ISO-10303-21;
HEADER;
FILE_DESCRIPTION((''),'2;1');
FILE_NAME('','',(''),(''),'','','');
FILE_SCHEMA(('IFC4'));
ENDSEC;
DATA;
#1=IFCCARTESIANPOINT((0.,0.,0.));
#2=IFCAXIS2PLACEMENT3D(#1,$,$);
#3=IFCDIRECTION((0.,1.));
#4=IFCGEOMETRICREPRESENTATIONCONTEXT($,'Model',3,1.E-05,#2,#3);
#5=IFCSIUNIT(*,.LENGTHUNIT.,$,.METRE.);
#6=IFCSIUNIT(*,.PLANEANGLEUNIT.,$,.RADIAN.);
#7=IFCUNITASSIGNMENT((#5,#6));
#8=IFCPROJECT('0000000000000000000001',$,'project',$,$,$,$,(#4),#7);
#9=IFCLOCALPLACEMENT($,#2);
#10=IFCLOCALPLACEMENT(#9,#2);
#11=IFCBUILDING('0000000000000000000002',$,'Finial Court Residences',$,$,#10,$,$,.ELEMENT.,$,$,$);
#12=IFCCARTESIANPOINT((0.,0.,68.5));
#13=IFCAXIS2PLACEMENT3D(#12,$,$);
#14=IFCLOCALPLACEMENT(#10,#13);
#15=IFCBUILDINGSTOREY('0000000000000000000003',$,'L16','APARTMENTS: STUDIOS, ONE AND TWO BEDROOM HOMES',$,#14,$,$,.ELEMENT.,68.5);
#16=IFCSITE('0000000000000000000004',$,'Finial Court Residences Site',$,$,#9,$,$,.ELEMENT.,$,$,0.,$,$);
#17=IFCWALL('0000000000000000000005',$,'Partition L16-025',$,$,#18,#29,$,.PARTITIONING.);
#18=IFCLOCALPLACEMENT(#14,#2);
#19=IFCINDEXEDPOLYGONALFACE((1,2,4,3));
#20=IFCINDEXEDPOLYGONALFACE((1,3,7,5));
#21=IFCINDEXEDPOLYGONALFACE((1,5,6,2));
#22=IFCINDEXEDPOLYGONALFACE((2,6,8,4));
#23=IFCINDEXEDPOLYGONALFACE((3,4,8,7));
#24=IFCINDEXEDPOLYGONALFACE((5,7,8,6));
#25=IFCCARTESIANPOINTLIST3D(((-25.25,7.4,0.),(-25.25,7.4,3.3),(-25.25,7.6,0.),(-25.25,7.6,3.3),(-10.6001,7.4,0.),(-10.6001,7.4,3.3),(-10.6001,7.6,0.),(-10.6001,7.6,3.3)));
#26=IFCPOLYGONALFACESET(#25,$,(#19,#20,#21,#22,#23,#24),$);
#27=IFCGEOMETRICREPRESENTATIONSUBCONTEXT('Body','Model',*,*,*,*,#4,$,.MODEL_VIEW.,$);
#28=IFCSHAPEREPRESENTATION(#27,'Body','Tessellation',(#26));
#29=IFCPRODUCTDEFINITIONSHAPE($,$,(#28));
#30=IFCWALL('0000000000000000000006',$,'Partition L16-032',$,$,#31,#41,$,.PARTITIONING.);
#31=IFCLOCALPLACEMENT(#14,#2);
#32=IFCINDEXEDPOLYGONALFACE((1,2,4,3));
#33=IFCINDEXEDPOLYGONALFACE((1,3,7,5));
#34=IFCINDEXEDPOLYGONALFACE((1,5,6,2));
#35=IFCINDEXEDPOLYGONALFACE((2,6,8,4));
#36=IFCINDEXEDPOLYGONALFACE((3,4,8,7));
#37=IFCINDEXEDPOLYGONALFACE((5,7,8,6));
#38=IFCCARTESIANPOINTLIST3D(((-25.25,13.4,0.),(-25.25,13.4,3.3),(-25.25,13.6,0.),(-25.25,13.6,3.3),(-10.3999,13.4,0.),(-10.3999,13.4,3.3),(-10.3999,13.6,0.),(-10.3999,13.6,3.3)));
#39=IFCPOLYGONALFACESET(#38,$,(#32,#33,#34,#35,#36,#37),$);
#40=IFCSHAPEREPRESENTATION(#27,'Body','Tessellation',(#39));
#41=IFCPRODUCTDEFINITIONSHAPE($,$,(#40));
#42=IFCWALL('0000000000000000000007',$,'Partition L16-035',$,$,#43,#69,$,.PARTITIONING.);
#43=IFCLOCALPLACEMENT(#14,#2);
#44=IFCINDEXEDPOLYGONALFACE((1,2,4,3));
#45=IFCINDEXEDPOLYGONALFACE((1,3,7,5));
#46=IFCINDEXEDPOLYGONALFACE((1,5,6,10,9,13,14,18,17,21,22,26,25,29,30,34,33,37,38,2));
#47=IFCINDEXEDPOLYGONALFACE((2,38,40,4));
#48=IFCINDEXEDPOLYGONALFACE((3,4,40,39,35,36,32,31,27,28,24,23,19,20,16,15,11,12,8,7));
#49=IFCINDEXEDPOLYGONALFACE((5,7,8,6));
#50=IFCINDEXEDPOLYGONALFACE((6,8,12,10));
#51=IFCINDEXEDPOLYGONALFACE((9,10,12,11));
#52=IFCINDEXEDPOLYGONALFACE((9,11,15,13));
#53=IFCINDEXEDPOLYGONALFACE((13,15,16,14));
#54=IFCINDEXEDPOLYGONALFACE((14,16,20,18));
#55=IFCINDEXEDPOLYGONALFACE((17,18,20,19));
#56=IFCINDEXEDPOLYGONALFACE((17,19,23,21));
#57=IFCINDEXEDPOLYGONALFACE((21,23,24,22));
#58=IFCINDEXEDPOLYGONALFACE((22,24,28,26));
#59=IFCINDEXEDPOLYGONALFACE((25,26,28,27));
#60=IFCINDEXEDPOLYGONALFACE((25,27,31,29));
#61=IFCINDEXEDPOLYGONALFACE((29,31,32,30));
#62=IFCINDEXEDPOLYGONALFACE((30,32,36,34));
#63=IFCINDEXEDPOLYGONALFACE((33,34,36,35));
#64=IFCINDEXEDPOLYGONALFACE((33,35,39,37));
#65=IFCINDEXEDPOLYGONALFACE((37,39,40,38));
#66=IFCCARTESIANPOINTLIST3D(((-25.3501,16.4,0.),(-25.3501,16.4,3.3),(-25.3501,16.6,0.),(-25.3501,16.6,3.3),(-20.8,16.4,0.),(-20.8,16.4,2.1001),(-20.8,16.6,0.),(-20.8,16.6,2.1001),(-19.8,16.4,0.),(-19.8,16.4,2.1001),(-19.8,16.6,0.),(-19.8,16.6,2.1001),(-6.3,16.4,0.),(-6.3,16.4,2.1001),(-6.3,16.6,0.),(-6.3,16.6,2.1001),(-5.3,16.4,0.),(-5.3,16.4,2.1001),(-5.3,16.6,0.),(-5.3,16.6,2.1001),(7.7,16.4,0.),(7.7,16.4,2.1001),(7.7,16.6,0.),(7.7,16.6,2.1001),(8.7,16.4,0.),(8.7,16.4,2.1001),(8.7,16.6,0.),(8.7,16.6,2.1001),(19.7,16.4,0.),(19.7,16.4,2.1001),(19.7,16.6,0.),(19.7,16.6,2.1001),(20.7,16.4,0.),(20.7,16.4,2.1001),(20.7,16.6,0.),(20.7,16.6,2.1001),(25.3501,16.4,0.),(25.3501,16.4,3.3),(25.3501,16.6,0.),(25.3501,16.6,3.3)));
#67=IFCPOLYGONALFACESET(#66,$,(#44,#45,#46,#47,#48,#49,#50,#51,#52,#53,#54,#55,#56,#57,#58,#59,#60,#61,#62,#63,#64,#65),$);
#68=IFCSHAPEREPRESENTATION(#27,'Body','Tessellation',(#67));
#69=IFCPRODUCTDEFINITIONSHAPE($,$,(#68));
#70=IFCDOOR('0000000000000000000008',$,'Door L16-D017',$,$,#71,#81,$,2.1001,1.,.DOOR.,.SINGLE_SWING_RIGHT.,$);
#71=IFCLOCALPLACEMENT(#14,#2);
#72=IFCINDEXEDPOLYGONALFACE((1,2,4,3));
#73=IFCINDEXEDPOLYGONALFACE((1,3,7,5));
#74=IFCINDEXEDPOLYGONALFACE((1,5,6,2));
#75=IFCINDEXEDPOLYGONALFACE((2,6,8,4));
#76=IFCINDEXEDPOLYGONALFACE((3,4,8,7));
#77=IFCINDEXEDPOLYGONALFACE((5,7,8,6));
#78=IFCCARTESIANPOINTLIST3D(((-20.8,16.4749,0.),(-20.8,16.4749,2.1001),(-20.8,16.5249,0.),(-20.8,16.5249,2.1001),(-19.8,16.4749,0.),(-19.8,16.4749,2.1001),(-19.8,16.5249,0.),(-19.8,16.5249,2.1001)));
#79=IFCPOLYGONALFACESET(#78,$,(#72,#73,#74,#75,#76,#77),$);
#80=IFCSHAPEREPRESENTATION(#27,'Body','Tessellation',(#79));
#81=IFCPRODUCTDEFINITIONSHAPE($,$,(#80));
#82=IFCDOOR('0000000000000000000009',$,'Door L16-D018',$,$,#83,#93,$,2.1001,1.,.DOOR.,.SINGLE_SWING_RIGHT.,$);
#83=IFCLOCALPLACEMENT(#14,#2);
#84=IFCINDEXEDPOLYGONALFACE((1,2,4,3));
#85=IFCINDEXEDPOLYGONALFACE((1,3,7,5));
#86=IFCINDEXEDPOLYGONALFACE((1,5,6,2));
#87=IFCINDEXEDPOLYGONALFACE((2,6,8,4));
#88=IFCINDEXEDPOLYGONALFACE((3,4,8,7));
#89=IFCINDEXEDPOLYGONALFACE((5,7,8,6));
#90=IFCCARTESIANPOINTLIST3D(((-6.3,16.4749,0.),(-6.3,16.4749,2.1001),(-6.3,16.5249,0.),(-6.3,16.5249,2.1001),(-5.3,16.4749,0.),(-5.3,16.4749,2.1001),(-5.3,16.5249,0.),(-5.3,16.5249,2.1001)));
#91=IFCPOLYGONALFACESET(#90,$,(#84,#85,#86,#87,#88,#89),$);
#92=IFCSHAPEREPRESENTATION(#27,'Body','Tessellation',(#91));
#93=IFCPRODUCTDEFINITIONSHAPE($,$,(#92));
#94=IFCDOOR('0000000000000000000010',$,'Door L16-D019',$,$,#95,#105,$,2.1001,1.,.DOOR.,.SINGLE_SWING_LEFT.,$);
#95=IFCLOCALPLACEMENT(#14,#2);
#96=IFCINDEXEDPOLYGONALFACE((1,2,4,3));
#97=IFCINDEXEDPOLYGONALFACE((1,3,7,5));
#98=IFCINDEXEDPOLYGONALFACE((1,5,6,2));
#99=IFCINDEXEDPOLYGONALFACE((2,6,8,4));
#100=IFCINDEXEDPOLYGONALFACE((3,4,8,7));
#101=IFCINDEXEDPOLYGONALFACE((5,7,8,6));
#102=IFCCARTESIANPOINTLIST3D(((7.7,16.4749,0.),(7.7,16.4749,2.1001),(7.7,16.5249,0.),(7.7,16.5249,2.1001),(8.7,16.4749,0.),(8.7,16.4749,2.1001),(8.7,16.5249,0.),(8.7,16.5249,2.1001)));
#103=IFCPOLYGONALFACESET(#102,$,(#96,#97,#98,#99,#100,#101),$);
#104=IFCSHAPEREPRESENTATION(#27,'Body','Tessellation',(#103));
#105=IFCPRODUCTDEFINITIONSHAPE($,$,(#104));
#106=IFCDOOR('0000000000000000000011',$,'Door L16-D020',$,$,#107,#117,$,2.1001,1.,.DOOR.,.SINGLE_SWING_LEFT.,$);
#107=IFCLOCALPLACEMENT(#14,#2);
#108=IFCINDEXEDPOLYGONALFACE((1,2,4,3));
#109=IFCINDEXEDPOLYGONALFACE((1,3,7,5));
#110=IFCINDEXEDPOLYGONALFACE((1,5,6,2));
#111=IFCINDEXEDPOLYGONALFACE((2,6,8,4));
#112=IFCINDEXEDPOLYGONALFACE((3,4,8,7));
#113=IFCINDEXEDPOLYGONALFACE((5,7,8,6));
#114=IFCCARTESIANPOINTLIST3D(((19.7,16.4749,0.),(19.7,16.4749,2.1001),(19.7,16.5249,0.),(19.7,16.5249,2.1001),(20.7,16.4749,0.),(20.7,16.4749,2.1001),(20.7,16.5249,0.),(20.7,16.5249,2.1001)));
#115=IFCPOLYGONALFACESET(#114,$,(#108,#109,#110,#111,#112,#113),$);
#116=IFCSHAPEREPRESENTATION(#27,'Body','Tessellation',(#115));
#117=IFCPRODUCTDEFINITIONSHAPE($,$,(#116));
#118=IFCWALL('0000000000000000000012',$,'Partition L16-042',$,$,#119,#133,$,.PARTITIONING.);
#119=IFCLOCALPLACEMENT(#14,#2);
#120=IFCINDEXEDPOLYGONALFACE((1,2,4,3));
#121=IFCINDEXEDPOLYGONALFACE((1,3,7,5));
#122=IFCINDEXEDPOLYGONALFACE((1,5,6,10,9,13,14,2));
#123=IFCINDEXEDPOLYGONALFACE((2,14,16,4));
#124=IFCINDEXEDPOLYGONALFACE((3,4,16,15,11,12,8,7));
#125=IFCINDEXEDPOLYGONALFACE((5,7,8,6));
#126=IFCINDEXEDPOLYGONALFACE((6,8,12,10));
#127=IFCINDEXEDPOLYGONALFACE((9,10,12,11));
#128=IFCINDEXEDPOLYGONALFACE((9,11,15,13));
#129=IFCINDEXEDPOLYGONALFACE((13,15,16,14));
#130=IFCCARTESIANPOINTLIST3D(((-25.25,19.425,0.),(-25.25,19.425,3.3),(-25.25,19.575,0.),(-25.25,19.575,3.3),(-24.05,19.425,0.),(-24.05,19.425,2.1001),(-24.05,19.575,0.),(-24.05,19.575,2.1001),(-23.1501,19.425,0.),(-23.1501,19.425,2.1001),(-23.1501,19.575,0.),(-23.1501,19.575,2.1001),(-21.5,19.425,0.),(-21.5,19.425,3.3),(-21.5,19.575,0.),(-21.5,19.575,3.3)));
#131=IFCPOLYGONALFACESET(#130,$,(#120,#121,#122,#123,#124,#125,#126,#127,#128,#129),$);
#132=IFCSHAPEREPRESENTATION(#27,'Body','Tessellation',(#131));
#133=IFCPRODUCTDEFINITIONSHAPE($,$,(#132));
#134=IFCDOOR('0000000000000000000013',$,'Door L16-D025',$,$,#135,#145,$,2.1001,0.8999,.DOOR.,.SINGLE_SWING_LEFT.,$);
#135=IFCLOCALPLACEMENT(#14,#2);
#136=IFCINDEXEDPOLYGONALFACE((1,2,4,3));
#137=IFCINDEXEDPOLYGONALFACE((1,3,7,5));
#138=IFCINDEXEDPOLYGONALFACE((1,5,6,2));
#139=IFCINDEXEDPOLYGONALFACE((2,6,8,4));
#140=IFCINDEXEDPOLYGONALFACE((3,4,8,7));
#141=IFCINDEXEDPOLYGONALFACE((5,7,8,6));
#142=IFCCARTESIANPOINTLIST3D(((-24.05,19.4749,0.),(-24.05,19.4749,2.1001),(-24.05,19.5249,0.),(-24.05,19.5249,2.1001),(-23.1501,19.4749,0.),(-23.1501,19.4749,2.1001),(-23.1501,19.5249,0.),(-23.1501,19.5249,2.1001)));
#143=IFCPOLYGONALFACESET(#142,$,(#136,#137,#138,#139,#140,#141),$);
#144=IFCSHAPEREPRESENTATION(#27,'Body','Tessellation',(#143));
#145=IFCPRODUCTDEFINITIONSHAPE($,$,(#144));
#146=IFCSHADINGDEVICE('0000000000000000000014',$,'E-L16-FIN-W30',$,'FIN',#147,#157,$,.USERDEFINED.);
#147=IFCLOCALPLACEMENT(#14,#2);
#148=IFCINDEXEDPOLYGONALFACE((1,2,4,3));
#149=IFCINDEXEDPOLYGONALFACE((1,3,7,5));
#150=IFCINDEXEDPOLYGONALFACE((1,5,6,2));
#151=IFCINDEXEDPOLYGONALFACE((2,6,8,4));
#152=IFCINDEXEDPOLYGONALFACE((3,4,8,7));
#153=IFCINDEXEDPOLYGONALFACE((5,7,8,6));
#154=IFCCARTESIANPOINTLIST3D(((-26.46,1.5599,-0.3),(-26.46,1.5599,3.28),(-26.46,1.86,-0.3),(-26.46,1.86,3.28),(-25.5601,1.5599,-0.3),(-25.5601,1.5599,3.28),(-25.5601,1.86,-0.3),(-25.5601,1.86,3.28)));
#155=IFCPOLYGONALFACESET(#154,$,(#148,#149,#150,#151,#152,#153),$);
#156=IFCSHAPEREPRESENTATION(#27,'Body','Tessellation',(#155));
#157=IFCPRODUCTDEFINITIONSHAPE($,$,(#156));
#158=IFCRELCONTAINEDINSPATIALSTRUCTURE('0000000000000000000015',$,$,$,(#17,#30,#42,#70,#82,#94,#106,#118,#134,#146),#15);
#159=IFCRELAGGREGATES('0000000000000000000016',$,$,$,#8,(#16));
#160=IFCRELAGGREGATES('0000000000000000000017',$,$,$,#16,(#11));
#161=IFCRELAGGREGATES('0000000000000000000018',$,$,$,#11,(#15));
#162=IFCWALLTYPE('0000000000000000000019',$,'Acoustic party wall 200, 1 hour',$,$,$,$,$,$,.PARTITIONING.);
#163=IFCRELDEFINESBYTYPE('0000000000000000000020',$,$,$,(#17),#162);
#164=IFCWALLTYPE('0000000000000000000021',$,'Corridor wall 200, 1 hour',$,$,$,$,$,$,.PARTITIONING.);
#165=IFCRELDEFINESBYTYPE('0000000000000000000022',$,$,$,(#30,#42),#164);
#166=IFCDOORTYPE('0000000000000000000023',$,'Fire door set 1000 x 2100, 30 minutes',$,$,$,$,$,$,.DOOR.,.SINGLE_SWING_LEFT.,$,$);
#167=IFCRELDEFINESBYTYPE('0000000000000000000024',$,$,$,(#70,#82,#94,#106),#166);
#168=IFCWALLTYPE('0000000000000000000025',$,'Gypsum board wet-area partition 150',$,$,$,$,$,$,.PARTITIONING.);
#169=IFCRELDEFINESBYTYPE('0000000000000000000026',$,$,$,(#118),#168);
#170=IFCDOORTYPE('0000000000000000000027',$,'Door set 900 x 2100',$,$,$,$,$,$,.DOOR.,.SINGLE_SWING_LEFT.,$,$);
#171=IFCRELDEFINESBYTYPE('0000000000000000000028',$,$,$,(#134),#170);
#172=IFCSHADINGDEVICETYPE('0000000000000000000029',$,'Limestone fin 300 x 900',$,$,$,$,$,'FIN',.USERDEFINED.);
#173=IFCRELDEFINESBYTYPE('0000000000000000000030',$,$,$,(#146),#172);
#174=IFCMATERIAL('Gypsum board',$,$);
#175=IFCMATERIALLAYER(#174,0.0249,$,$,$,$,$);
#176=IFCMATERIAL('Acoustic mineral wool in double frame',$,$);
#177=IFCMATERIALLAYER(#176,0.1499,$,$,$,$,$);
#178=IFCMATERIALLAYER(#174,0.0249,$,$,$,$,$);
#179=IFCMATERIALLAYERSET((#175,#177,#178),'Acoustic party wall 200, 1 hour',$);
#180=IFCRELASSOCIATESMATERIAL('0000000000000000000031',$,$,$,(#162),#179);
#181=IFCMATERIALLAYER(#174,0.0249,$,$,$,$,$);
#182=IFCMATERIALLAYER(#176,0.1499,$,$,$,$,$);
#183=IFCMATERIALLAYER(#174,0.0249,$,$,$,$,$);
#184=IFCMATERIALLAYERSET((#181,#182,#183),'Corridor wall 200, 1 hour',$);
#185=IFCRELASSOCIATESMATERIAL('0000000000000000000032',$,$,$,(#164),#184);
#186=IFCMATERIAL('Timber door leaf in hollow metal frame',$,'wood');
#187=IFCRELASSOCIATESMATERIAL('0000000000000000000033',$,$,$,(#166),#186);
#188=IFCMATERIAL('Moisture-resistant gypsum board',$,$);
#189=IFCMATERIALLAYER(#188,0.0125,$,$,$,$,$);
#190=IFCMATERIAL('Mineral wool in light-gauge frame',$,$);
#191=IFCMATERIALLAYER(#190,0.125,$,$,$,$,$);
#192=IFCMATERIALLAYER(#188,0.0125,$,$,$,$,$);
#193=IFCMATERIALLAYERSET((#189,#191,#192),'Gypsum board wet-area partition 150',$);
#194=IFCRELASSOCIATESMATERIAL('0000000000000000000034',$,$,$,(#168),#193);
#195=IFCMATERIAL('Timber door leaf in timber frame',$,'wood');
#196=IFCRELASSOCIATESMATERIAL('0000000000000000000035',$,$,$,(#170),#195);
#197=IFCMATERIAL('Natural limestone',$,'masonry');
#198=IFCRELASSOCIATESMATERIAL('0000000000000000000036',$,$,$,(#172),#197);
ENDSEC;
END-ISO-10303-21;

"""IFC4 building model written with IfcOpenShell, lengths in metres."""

from ifc_helpers import new_model, si_unit, direction, frame, frame_2d, origin, origin_2d, place, context, subcontext, project, spatial, rectangle, extrude, material, layer, layer_set, type_object, element, fill, save


model = new_model("IFC4")

# Units and contexts
model_context = context("Model", 3, precision=1e-05, world=origin(), true_north=direction((0.0, 1.0)))
body_context = subcontext(model_context, "Body", "Model", "MODEL_VIEW")
ifc_project = project(units=[si_unit("LENGTHUNIT", "METRE"), si_unit("PLANEANGLEUNIT", "RADIAN")], contexts=[model_context])

# Site, building, storey
site_placement = place(None, origin())
site = spatial("IfcSite", under=ifc_project, at=site_placement, Name="Finial Court Residences Site", CompositionType="ELEMENT", RefElevation=0.0)
building_placement = place(site_placement, origin())
building = spatial("IfcBuilding", under=site, at=building_placement, Name="Finial Court Residences", CompositionType="ELEMENT")
storey_placement = place(building_placement, frame((0.0, 0.0, 68.5)))
storey = spatial("IfcBuildingStorey", under=building, at=storey_placement, Name="L16", Description="APARTMENTS: STUDIOS, ONE AND TWO BEDROOM HOMES", CompositionType="ELEMENT", Elevation=68.5)

# Walls
ifc_material_1 = material(Name="Gypsum board")
ifc_layer_1 = layer(ifc_material_1, 0.0249)
ifc_material_2 = material(Name="Acoustic mineral wool in double frame")
ifc_layer_2 = layer(ifc_material_2, 0.1499)
ifc_layer_3 = layer(ifc_material_1, 0.0249)
ifc_layer_set_1 = layer_set([ifc_layer_1, ifc_layer_2, ifc_layer_3], Name="Acoustic party wall 200, 1 hour")
wall_type_1 = type_object("IfcWallType", Name="Acoustic party wall 200, 1 hour", PredefinedType="PARTITIONING", material=ifc_layer_set_1)
for number, where, z_axis, x_axis, name in (
    (1, (-25.25, 7.5, 0.0), (0.0, 0.0, 1.0), (1.0, 0.0, 0.0), "Partition L16-025"),
):
    element("IfcWall", number, at=place(storey_placement, frame(where, z_axis=z_axis, x_axis=x_axis)), inside=storey, type_object=wall_type_1, Name=name, PredefinedType="PARTITIONING", context=body_context, shape_type="SweptSolid", body=[
        extrude(rectangle(XDim=14.6499, YDim=0.2, at=frame_2d((7.325, 0.0))), origin(), (0.0, 0.0, 1.0), 3.3),
    ])
ifc_layer_4 = layer(ifc_material_1, 0.0249)
ifc_layer_5 = layer(ifc_material_2, 0.1499)
ifc_layer_6 = layer(ifc_material_1, 0.0249)
ifc_layer_set_2 = layer_set([ifc_layer_4, ifc_layer_5, ifc_layer_6], Name="Corridor wall 200, 1 hour")
wall_type_2 = type_object("IfcWallType", Name="Corridor wall 200, 1 hour", PredefinedType="PARTITIONING", material=ifc_layer_set_2)
wall_1_placement = place(storey_placement, frame((-25.25, 13.5, 0.0), z_axis=(0.0, 0.0, 1.0), x_axis=(1.0, 0.0, 0.0)))
element("IfcWall", 2, at=wall_1_placement, inside=storey, type_object=wall_type_2, Name="Partition L16-032", PredefinedType="PARTITIONING", context=body_context, shape_type="SweptSolid", body=[
    extrude(rectangle(XDim=14.8501, YDim=0.2, at=frame_2d((7.425, 0.0))), origin(), (0.0, 0.0, 1.0), 3.3),
])

# Wall, openings, doors
wall_2_placement = place(storey_placement, frame((-25.3501, 16.5, 0.0), z_axis=(0.0, 0.0, 1.0), x_axis=(1.0, 0.0, 0.0)))
wall_2 = element("IfcWall", 3, at=wall_2_placement, inside=storey, type_object=wall_type_2, Name="Partition L16-035", PredefinedType="PARTITIONING", context=body_context, shape_type="SweptSolid", body=[
    extrude(rectangle(XDim=50.7002, YDim=0.2, at=frame_2d((25.3501, 0.0))), origin(), (0.0, 0.0, 1.0), 3.3),
])
opening_1_placement = place(wall_2_placement, frame((4.55, 0.0, 0.0)))
opening_1 = element("IfcOpeningElement", 4, at=opening_1_placement, cuts=wall_2, PredefinedType="OPENING", context=body_context, shape_type="SweptSolid", body=[
    extrude(rectangle(XDim=1.0, YDim=2.1001, at=frame_2d((0.5, 1.05))), frame((0.0, 0.1099, 0.0), z_axis=(0.0, -1.0, 0.0), x_axis=(1.0, 0.0, 0.0)), (0.0, 0.0, 1.0), 0.22),
])
opening_2_placement = place(wall_2_placement, frame((19.05, 0.0, 0.0)))
opening_2 = element("IfcOpeningElement", 5, at=opening_2_placement, cuts=wall_2, PredefinedType="OPENING", context=body_context, shape_type="SweptSolid", body=[
    extrude(rectangle(XDim=1.0, YDim=2.1001, at=frame_2d((0.5, 1.05))), frame((0.0, 0.1099, 0.0), z_axis=(0.0, -1.0, 0.0), x_axis=(1.0, 0.0, 0.0)), (0.0, 0.0, 1.0), 0.22),
])
opening_3_placement = place(wall_2_placement, frame((33.05, 0.0, 0.0)))
opening_3 = element("IfcOpeningElement", 6, at=opening_3_placement, cuts=wall_2, PredefinedType="OPENING", context=body_context, shape_type="SweptSolid", body=[
    extrude(rectangle(XDim=1.0, YDim=2.1001, at=frame_2d((0.5, 1.05))), frame((0.0, 0.1099, 0.0), z_axis=(0.0, -1.0, 0.0), x_axis=(1.0, 0.0, 0.0)), (0.0, 0.0, 1.0), 0.22),
])
opening_4_placement = place(wall_2_placement, frame((45.05, 0.0, 0.0)))
opening_4 = element("IfcOpeningElement", 7, at=opening_4_placement, cuts=wall_2, PredefinedType="OPENING", context=body_context, shape_type="SweptSolid", body=[
    extrude(rectangle(XDim=1.0, YDim=2.1001, at=frame_2d((0.5, 1.05))), frame((0.0, 0.1099, 0.0), z_axis=(0.0, -1.0, 0.0), x_axis=(1.0, 0.0, 0.0)), (0.0, 0.0, 1.0), 0.22),
])
ifc_material_3 = material(Name="Timber door leaf in hollow metal frame", Category="wood")
door_type_1 = type_object("IfcDoorType", Name="Fire door set 1000 x 2100, 30 minutes", OperationType="SINGLE_SWING_LEFT", PredefinedType="DOOR", material=ifc_material_3)
door_1_placement = place(opening_1_placement, origin())
door_1 = element("IfcDoor", 8, at=door_1_placement, inside=storey, type_object=door_type_1, Name="Door L16-D017", OperationType="SINGLE_SWING_RIGHT", OverallHeight=2.1001, OverallWidth=1.0, PredefinedType="DOOR", context=body_context, shape_type="SweptSolid", body=[
    extrude(rectangle(XDim=1.0, YDim=2.1001, at=frame_2d((0.5, 1.05))), frame((0.0, 0.0249, 0.0), z_axis=(0.0, -1.0, 0.0), x_axis=(1.0, 0.0, 0.0)), (0.0, 0.0, 1.0), 0.05),
])
fill(opening_1, door_1)
door_2_placement = place(opening_2_placement, origin())
door_2 = element("IfcDoor", 9, at=door_2_placement, inside=storey, type_object=door_type_1, Name="Door L16-D018", OperationType="SINGLE_SWING_RIGHT", OverallHeight=2.1001, OverallWidth=1.0, PredefinedType="DOOR", context=body_context, shape_type="SweptSolid", body=[
    extrude(rectangle(XDim=1.0, YDim=2.1001, at=frame_2d((0.5, 1.05))), frame((0.0, 0.0249, 0.0), z_axis=(0.0, -1.0, 0.0), x_axis=(1.0, 0.0, 0.0)), (0.0, 0.0, 1.0), 0.05),
])
fill(opening_2, door_2)
door_3_placement = place(opening_3_placement, origin())
door_3 = element("IfcDoor", 10, at=door_3_placement, inside=storey, type_object=door_type_1, Name="Door L16-D019", OperationType="SINGLE_SWING_LEFT", OverallHeight=2.1001, OverallWidth=1.0, PredefinedType="DOOR", context=body_context, shape_type="SweptSolid", body=[
    extrude(rectangle(XDim=1.0, YDim=2.1001, at=frame_2d((0.5, 1.05))), frame((0.0, 0.0249, 0.0), z_axis=(0.0, -1.0, 0.0), x_axis=(1.0, 0.0, 0.0)), (0.0, 0.0, 1.0), 0.05),
])
fill(opening_3, door_3)
door_4_placement = place(opening_4_placement, origin())
door_4 = element("IfcDoor", 11, at=door_4_placement, inside=storey, type_object=door_type_1, Name="Door L16-D020", OperationType="SINGLE_SWING_LEFT", OverallHeight=2.1001, OverallWidth=1.0, PredefinedType="DOOR", context=body_context, shape_type="SweptSolid", body=[
    extrude(rectangle(XDim=1.0, YDim=2.1001, at=frame_2d((0.5, 1.05))), frame((0.0, 0.0249, 0.0), z_axis=(0.0, -1.0, 0.0), x_axis=(1.0, 0.0, 0.0)), (0.0, 0.0, 1.0), 0.05),
])
fill(opening_4, door_4)

# Wall, opening, door
ifc_material_4 = material(Name="Moisture-resistant gypsum board")
ifc_layer_7 = layer(ifc_material_4, 0.0125)
ifc_material_5 = material(Name="Mineral wool in light-gauge frame")
ifc_layer_8 = layer(ifc_material_5, 0.125)
ifc_layer_9 = layer(ifc_material_4, 0.0125)
ifc_layer_set_3 = layer_set([ifc_layer_7, ifc_layer_8, ifc_layer_9], Name="Gypsum board wet-area partition 150")
wall_type_3 = type_object("IfcWallType", Name="Gypsum board wet-area partition 150", PredefinedType="PARTITIONING", material=ifc_layer_set_3)
wall_3_placement = place(storey_placement, frame((-25.25, 19.5, 0.0), z_axis=(0.0, 0.0, 1.0), x_axis=(1.0, 0.0, 0.0)))
wall_3 = element("IfcWall", 12, at=wall_3_placement, inside=storey, type_object=wall_type_3, Name="Partition L16-042", PredefinedType="PARTITIONING", context=body_context, shape_type="SweptSolid", body=[
    extrude(rectangle(XDim=3.75, YDim=0.1499, at=frame_2d((1.875, 0.0))), origin(), (0.0, 0.0, 1.0), 3.3),
])
opening_5_placement = place(wall_3_placement, frame((1.2, 0.0, 0.0)))
opening_5 = element("IfcOpeningElement", 13, at=opening_5_placement, cuts=wall_3, PredefinedType="OPENING", context=body_context, shape_type="SweptSolid", body=[
    extrude(rectangle(XDim=0.8999, YDim=2.1001, at=frame_2d((0.45, 1.05))), frame((0.0, 0.085, 0.0), z_axis=(0.0, -1.0, 0.0), x_axis=(1.0, 0.0, 0.0)), (0.0, 0.0, 1.0), 0.1699),
])
ifc_material_6 = material(Name="Timber door leaf in timber frame", Category="wood")
door_type_2 = type_object("IfcDoorType", Name="Door set 900 x 2100", OperationType="SINGLE_SWING_LEFT", PredefinedType="DOOR", material=ifc_material_6)
door_5_placement = place(opening_5_placement, origin())
door_5 = element("IfcDoor", 14, at=door_5_placement, inside=storey, type_object=door_type_2, Name="Door L16-D025", OperationType="SINGLE_SWING_LEFT", OverallHeight=2.1001, OverallWidth=0.8999, PredefinedType="DOOR", context=body_context, shape_type="SweptSolid", body=[
    extrude(rectangle(XDim=0.8999, YDim=2.1001, at=frame_2d((0.45, 1.05))), frame((0.0, 0.0249, 0.0), z_axis=(0.0, -1.0, 0.0), x_axis=(1.0, 0.0, 0.0)), (0.0, 0.0, 1.0), 0.05),
])
fill(opening_5, door_5)

# Shading device
ifc_material_7 = material(Name="Natural limestone", Category="masonry")
shading_device_type = type_object("IfcShadingDeviceType", Name="Limestone fin 300 x 900", ElementType="FIN", PredefinedType="USERDEFINED", material=ifc_material_7)
for number, where, z_axis, x_axis, name in (
    (15, (-26.01, 1.71, -0.3), (0.0, 0.0, 1.0), (1.0, 0.0, 0.0), "E-L16-FIN-W30"),
):
    element("IfcShadingDevice", number, at=place(storey_placement, frame(where, z_axis=z_axis, x_axis=x_axis)), inside=storey, type_object=shading_device_type, Name=name, ObjectType="FIN", PredefinedType="USERDEFINED", context=body_context, shape_type="SweptSolid", body=[
        extrude(rectangle(XDim=0.8999, YDim=0.3, at=origin_2d()), origin(), (0.0, 0.0, 1.0), 3.5801),
    ])

save(model, "model.ifc")
